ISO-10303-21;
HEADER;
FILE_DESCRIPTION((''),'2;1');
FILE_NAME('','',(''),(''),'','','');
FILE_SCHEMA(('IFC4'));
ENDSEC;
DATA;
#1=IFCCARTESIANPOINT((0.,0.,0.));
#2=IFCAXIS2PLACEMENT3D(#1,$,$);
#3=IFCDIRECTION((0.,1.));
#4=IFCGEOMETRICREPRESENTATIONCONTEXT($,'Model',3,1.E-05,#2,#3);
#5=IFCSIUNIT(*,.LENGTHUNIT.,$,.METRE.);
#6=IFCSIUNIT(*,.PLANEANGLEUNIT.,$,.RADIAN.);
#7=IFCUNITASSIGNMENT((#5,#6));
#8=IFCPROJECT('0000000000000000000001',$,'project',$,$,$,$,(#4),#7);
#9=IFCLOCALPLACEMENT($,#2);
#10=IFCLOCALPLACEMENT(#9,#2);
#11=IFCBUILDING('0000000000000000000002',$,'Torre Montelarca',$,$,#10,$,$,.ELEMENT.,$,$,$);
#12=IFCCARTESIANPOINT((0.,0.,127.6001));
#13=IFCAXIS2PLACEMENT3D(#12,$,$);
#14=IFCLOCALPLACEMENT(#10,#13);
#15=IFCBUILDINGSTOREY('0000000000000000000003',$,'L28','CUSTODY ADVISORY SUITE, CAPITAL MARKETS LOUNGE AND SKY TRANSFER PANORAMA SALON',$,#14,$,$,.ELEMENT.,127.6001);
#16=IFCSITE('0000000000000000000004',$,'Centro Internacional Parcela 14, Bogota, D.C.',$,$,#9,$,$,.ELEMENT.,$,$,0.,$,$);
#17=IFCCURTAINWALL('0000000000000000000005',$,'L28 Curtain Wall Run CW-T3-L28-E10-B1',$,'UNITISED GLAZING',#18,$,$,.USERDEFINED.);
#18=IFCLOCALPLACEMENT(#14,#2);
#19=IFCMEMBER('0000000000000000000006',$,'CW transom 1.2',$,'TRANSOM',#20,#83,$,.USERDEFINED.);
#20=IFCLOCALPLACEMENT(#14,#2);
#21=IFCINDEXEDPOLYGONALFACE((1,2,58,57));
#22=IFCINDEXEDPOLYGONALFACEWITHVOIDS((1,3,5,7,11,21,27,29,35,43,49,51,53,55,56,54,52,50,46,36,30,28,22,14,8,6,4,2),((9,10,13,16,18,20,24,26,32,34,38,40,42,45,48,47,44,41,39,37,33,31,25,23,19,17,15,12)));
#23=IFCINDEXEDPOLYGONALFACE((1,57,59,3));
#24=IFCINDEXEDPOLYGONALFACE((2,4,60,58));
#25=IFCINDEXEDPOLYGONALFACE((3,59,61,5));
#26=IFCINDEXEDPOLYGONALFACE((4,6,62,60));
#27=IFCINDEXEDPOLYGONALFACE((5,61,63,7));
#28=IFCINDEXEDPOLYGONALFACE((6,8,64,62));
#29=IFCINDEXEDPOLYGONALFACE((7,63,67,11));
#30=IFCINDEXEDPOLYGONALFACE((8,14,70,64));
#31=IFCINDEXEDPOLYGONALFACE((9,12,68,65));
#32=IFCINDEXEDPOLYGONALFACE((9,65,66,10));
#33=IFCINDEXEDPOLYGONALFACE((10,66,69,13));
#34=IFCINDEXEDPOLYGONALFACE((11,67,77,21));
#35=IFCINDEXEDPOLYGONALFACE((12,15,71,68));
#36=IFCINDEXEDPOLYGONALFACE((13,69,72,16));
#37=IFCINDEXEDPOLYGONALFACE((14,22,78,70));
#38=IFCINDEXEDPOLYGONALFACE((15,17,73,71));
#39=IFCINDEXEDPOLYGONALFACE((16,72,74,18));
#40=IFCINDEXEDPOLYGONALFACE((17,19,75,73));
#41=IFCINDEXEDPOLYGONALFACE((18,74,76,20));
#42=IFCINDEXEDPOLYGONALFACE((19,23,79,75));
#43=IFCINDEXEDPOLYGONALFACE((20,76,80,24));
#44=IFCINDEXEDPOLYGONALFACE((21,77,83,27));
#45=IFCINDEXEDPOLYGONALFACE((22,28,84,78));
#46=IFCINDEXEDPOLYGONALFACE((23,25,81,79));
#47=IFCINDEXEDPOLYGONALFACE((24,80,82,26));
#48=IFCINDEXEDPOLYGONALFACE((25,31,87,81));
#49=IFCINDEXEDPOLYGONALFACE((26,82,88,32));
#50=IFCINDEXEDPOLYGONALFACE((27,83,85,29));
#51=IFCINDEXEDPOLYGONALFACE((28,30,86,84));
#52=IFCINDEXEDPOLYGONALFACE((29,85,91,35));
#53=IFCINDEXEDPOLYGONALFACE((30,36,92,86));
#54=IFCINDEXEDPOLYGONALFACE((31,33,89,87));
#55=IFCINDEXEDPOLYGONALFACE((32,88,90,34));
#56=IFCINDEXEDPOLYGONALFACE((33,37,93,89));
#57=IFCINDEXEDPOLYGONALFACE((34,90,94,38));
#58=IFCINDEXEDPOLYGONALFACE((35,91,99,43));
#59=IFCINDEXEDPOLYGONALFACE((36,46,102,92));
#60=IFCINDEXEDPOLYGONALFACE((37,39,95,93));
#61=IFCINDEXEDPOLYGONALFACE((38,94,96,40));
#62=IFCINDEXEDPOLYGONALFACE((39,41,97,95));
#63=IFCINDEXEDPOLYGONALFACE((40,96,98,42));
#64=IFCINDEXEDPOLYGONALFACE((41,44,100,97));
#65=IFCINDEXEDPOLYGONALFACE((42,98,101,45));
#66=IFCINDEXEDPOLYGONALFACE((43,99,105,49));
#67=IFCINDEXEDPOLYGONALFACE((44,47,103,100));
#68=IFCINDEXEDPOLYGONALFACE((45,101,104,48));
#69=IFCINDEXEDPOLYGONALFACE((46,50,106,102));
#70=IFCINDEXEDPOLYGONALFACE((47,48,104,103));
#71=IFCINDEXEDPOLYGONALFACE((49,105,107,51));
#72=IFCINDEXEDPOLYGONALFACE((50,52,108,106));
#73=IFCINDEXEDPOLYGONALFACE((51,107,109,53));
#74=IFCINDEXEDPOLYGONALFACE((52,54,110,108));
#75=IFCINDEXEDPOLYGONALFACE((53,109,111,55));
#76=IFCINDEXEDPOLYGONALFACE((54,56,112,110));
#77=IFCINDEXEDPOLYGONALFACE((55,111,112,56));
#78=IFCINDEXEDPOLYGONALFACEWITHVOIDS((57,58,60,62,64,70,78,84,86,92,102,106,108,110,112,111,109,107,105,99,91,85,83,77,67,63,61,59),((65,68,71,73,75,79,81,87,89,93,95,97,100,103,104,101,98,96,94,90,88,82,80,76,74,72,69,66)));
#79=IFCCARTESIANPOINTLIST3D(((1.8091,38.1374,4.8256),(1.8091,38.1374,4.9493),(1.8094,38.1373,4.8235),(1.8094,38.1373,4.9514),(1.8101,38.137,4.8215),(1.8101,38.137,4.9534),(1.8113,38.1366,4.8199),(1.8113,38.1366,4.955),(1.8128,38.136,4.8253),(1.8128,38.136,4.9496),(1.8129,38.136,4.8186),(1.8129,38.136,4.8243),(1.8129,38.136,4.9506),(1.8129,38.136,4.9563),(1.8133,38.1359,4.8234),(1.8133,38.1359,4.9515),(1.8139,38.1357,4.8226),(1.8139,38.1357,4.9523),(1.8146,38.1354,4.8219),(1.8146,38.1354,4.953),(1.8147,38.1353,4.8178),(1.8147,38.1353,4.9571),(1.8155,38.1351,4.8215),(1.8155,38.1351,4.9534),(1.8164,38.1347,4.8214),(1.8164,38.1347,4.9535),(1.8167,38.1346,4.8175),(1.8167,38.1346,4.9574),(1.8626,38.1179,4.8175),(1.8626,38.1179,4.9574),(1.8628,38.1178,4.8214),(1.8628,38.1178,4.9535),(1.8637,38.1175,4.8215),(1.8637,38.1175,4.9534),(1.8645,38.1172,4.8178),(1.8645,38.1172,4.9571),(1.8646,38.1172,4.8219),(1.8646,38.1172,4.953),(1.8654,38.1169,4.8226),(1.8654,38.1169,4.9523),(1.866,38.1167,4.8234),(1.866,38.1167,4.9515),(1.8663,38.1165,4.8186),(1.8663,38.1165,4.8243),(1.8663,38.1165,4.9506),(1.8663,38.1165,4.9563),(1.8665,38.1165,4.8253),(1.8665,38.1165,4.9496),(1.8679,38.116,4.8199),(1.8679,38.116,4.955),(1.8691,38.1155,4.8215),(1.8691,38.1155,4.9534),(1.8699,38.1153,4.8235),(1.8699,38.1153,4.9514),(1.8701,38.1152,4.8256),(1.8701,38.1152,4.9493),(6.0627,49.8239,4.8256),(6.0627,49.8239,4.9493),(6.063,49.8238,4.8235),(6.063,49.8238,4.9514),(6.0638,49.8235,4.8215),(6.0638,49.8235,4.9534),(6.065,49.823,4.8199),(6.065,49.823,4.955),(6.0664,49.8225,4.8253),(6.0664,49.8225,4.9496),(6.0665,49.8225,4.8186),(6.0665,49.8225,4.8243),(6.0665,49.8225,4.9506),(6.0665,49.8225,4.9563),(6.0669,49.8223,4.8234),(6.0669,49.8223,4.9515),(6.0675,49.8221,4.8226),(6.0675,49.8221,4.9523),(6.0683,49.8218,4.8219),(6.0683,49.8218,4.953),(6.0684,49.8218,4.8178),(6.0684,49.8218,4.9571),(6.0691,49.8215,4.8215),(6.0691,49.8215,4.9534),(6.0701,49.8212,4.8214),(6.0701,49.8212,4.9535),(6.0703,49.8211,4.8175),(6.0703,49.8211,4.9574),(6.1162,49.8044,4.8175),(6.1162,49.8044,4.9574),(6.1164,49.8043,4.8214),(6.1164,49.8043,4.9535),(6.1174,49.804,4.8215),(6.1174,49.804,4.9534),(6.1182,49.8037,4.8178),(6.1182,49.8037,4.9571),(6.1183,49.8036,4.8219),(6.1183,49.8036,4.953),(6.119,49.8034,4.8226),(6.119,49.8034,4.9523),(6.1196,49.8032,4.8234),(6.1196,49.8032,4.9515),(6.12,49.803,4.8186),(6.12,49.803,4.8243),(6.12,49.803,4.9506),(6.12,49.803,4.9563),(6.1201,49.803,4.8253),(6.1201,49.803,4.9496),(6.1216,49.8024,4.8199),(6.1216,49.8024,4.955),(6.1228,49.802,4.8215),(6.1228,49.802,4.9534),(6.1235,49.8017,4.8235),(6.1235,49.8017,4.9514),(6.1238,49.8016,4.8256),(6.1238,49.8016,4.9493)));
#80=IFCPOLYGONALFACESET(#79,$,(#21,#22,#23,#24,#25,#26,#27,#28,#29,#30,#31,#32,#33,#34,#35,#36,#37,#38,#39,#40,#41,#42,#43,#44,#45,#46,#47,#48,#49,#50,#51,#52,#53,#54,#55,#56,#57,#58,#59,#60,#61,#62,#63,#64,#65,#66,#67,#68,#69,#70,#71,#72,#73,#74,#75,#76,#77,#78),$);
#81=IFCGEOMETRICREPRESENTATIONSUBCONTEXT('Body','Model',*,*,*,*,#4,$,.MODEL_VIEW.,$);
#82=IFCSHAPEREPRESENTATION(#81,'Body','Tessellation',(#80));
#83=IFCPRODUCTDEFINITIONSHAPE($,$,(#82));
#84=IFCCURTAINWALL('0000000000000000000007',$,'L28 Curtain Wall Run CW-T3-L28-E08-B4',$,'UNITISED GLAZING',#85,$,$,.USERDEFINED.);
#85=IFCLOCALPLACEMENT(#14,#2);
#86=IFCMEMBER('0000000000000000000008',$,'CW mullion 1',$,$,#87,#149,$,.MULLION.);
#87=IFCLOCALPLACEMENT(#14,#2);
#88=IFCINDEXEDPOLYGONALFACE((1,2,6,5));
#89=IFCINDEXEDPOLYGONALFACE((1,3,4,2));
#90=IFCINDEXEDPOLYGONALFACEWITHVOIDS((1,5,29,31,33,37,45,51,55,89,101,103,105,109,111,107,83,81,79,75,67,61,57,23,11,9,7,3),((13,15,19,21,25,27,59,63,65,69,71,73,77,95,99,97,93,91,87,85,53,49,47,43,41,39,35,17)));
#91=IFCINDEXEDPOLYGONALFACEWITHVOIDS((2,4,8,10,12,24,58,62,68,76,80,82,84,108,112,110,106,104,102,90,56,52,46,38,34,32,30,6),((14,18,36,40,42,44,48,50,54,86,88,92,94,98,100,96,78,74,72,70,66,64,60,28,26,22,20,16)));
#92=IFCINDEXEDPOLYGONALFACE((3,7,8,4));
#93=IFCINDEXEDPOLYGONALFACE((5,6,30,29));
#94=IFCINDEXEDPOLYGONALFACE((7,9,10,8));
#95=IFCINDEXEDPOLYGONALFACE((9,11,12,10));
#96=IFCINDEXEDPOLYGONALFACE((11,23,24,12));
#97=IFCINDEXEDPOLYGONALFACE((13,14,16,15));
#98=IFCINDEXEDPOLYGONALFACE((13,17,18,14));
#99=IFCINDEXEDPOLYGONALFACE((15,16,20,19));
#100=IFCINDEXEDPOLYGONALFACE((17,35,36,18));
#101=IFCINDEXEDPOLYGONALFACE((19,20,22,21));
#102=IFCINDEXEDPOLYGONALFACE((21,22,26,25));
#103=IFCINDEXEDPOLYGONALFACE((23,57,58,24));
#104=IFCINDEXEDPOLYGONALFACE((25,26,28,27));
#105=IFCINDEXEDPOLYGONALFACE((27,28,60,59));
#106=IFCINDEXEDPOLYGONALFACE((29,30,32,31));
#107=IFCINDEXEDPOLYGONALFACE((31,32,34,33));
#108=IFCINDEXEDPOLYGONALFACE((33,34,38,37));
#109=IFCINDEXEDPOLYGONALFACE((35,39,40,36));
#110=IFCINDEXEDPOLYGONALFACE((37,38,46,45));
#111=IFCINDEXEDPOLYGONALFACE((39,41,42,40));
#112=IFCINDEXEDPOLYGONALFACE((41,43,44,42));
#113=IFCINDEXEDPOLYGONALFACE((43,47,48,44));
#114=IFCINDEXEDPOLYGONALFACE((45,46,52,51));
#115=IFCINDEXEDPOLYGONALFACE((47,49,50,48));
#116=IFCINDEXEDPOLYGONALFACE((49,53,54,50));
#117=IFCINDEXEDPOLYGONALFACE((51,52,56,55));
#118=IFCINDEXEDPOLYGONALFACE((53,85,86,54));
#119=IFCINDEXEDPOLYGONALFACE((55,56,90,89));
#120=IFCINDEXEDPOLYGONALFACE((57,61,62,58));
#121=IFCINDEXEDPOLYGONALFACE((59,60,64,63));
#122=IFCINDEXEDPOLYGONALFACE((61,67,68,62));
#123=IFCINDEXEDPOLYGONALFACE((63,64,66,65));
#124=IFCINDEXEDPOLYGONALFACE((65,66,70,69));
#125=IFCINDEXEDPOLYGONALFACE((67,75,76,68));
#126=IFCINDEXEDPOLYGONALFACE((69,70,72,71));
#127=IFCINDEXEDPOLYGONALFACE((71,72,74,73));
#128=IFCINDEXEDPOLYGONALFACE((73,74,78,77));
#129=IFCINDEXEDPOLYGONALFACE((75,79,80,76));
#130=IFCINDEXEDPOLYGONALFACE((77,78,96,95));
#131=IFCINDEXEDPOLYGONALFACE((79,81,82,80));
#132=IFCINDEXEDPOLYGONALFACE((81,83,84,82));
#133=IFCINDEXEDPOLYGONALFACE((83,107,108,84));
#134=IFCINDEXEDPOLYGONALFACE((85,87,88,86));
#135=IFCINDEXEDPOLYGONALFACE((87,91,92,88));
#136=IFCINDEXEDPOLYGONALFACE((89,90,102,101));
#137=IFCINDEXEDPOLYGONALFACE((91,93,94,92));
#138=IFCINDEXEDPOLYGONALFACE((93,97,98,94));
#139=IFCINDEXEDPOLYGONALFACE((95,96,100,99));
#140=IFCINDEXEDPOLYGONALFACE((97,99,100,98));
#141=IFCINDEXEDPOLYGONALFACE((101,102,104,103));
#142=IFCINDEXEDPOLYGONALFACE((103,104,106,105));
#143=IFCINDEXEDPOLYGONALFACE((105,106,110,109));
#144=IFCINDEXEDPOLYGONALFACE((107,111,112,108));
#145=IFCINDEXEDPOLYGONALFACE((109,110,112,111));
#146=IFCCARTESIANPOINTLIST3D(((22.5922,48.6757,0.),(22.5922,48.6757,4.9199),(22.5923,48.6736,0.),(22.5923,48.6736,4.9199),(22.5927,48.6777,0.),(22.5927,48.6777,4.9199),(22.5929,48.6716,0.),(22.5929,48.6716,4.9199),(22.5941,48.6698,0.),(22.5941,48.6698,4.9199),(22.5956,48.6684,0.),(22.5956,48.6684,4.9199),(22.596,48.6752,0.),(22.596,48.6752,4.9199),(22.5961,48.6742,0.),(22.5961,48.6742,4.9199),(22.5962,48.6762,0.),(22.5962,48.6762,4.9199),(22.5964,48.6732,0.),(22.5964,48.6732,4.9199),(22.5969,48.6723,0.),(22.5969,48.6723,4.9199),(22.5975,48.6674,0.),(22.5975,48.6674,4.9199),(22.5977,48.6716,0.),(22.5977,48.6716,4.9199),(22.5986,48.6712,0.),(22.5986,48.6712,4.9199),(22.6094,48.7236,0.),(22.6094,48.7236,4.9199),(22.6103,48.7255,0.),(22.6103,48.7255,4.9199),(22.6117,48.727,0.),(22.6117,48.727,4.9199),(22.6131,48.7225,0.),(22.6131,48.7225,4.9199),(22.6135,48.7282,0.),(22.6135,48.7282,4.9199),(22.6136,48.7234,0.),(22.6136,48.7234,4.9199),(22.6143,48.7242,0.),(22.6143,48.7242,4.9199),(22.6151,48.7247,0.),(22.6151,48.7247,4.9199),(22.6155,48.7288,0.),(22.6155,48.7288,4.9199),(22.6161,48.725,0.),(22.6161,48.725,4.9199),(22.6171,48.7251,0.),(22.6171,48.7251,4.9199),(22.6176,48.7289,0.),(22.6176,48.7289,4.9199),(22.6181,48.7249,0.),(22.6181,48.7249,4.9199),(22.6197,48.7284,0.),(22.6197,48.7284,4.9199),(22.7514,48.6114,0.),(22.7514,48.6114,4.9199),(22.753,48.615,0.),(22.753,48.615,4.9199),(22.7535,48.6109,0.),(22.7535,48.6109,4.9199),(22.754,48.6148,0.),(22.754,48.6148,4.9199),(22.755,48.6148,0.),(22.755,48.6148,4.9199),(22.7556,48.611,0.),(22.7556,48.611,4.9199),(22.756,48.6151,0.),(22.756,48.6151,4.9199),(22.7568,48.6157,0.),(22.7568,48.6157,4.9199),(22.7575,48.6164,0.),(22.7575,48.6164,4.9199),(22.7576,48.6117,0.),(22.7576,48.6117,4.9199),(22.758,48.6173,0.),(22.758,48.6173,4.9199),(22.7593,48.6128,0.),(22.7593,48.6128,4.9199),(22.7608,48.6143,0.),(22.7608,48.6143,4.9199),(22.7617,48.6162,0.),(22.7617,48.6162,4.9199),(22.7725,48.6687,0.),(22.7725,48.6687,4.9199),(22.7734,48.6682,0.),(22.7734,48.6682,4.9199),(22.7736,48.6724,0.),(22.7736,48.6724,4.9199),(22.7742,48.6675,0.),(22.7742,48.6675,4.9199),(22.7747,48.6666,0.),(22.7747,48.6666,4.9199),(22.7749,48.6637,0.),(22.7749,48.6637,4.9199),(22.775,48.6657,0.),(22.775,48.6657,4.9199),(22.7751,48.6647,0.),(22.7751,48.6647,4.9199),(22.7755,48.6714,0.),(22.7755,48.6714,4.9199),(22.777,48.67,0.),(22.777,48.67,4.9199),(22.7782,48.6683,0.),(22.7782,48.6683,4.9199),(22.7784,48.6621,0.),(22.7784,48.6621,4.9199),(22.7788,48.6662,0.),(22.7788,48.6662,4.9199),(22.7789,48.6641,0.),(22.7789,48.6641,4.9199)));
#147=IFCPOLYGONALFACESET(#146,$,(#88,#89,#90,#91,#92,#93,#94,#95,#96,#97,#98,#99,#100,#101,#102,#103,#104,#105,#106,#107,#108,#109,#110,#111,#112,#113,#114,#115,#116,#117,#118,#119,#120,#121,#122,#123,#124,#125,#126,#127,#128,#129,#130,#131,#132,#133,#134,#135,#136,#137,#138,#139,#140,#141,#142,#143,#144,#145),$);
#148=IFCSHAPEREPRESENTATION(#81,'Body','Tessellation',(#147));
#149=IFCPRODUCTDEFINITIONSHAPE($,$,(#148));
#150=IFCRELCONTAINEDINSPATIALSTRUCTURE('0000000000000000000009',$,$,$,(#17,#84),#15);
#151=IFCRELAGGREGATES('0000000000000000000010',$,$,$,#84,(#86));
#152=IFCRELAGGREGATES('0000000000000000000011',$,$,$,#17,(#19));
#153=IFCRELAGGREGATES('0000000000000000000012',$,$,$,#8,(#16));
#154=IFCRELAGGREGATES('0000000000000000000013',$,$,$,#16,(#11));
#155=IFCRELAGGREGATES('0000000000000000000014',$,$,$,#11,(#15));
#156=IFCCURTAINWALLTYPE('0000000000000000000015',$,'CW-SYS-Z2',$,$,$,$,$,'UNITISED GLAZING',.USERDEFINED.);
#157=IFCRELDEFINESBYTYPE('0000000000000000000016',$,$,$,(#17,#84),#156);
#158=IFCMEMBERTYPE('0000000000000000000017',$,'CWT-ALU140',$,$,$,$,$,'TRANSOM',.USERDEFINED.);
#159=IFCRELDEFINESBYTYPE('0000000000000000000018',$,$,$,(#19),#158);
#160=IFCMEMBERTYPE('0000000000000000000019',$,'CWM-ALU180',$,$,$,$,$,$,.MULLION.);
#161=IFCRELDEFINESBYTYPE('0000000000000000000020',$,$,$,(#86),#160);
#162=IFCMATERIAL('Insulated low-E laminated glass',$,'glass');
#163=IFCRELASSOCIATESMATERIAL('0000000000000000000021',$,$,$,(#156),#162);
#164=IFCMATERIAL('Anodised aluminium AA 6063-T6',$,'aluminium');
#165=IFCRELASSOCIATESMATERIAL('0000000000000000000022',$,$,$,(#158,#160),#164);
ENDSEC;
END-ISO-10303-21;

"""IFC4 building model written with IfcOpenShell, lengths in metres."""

from ifc_helpers import new_model, si_unit, direction, frame, origin, origin_2d, place, context, subcontext, project, spatial, hollow_rectangle, extrude, source, transform, mapped, material, material_profile, profile_set, type_object, element, aggregate, save


model = new_model("IFC4")

# Units and contexts
model_context = context("Model", 3, precision=1e-05, world=origin(), true_north=direction((0.0, 1.0)))
body_context = subcontext(model_context, "Body", "Model", "MODEL_VIEW")
ifc_project = project(units=[si_unit("LENGTHUNIT", "METRE"), si_unit("PLANEANGLEUNIT", "RADIAN")], contexts=[model_context])

# Site, building, storey
site_placement = place(None, origin())
site = spatial("IfcSite", under=ifc_project, at=site_placement, Name="Centro Internacional Parcela 14, Bogota, D.C.", CompositionType="ELEMENT", RefElevation=0.0)
building_placement = place(site_placement, origin())
building = spatial("IfcBuilding", under=site, at=building_placement, Name="Torre Montelarca", CompositionType="ELEMENT")
storey_placement = place(building_placement, frame((0.0, 0.0, 127.6001)))
storey = spatial("IfcBuildingStorey", under=building, at=storey_placement, Name="L28", Description="CUSTODY ADVISORY SUITE, CAPITAL MARKETS LOUNGE AND SKY TRANSFER PANORAMA SALON", CompositionType="ELEMENT", Elevation=127.6001)

# Curtain walls, members
ifc_material_1 = material(Name="Insulated low-E laminated glass", Category="glass")
curtain_wall_type = type_object("IfcCurtainWallType", Name="CW-SYS-Z2", ElementType="UNITISED GLAZING", PredefinedType="USERDEFINED", material=ifc_material_1)
ifc_material_2 = material(Name="Anodised aluminium AA 6063-T6", Category="aluminium")
ifc_material_profile_1 = material_profile(ifc_material_2, hollow_rectangle(XDim=0.0649, YDim=0.1399, WallThickness=0.0039, InnerFilletRadius=0.0039, OuterFilletRadius=0.0081, at=origin_2d()), Name="ALU65X140X4", Category="aluminium")
ifc_profile_set_1 = profile_set([ifc_material_profile_1], Name="Anodised aluminium AA 6063-T6")
member_type_1 = type_object("IfcMemberType", Name="CWT-ALU140", ElementType="TRANSOM", PredefinedType="USERDEFINED", material=ifc_profile_set_1)
curtain_wall_1_placement = place(storey_placement, origin())
curtain_wall_1 = element("IfcCurtainWall", 1, at=curtain_wall_1_placement, inside=storey, type_object=curtain_wall_type, Name="L28 Curtain Wall Run CW-T3-L28-E10-B1", ObjectType="UNITISED GLAZING", PredefinedType="USERDEFINED")
shared_shape_1 = source(origin(), body_context, "Body", "SweptSolid", [
    extrude(hollow_rectangle(XDim=0.0649, YDim=0.1399, WallThickness=0.0039, InnerFilletRadius=0.0039, OuterFilletRadius=0.0081, at=origin_2d()), origin(), (0.0, 0.0, 1.0), 12.4365),
])
member_1_placement = place(storey_placement, frame((6.0933, 49.8127, 4.8875), z_axis=(-0.342028, -0.93969, 0.0), x_axis=(0.93969, -0.342028, 0.0)))
member_1 = element("IfcMember", 2, at=member_1_placement, type_object=member_type_1, Name="CW transom 1.2", ObjectType="TRANSOM", PredefinedType="USERDEFINED", context=body_context, shape_type="MappedRepresentation", body=[
    mapped(shared_shape_1, transform((0.0, 0.0, 0.0), scale=1.0)),
])
curtain_wall_2_placement = place(storey_placement, origin())
curtain_wall_2 = element("IfcCurtainWall", 3, at=curtain_wall_2_placement, inside=storey, type_object=curtain_wall_type, Name="L28 Curtain Wall Run CW-T3-L28-E08-B4", ObjectType="UNITISED GLAZING", PredefinedType="USERDEFINED")
ifc_material_profile_2 = material_profile(ifc_material_2, hollow_rectangle(XDim=0.0649, YDim=0.1799, WallThickness=0.0039, InnerFilletRadius=0.0039, OuterFilletRadius=0.0081, at=origin_2d()), Name="ALU65X180X4", Category="aluminium")
ifc_profile_set_2 = profile_set([ifc_material_profile_2], Name="Anodised aluminium AA 6063-T6")
member_type_2 = type_object("IfcMemberType", Name="CWM-ALU180", PredefinedType="MULLION", material=ifc_profile_set_2)
shared_shape_2 = source(origin(), body_context, "Body", "SweptSolid", [
    extrude(hollow_rectangle(XDim=0.0649, YDim=0.1799, WallThickness=0.0039, InnerFilletRadius=0.0039, OuterFilletRadius=0.0081, at=origin_2d()), origin(), (0.0, 0.0, 1.0), 4.9199),
])
member_2_placement = place(storey_placement, frame((22.6855, 48.6699, 0.0), z_axis=(0.0, 0.0, 1.0), x_axis=(-0.342012, -0.939695, 0.0)))
member_2 = element("IfcMember", 4, at=member_2_placement, type_object=member_type_2, Name="CW mullion 1", PredefinedType="MULLION", context=body_context, shape_type="MappedRepresentation", body=[
    mapped(shared_shape_2, transform((0.0, 0.0, 0.0), scale=1.0)),
])

aggregate(curtain_wall_2, [member_2])
aggregate(curtain_wall_1, [member_1])

save(model, "model.ifc")
